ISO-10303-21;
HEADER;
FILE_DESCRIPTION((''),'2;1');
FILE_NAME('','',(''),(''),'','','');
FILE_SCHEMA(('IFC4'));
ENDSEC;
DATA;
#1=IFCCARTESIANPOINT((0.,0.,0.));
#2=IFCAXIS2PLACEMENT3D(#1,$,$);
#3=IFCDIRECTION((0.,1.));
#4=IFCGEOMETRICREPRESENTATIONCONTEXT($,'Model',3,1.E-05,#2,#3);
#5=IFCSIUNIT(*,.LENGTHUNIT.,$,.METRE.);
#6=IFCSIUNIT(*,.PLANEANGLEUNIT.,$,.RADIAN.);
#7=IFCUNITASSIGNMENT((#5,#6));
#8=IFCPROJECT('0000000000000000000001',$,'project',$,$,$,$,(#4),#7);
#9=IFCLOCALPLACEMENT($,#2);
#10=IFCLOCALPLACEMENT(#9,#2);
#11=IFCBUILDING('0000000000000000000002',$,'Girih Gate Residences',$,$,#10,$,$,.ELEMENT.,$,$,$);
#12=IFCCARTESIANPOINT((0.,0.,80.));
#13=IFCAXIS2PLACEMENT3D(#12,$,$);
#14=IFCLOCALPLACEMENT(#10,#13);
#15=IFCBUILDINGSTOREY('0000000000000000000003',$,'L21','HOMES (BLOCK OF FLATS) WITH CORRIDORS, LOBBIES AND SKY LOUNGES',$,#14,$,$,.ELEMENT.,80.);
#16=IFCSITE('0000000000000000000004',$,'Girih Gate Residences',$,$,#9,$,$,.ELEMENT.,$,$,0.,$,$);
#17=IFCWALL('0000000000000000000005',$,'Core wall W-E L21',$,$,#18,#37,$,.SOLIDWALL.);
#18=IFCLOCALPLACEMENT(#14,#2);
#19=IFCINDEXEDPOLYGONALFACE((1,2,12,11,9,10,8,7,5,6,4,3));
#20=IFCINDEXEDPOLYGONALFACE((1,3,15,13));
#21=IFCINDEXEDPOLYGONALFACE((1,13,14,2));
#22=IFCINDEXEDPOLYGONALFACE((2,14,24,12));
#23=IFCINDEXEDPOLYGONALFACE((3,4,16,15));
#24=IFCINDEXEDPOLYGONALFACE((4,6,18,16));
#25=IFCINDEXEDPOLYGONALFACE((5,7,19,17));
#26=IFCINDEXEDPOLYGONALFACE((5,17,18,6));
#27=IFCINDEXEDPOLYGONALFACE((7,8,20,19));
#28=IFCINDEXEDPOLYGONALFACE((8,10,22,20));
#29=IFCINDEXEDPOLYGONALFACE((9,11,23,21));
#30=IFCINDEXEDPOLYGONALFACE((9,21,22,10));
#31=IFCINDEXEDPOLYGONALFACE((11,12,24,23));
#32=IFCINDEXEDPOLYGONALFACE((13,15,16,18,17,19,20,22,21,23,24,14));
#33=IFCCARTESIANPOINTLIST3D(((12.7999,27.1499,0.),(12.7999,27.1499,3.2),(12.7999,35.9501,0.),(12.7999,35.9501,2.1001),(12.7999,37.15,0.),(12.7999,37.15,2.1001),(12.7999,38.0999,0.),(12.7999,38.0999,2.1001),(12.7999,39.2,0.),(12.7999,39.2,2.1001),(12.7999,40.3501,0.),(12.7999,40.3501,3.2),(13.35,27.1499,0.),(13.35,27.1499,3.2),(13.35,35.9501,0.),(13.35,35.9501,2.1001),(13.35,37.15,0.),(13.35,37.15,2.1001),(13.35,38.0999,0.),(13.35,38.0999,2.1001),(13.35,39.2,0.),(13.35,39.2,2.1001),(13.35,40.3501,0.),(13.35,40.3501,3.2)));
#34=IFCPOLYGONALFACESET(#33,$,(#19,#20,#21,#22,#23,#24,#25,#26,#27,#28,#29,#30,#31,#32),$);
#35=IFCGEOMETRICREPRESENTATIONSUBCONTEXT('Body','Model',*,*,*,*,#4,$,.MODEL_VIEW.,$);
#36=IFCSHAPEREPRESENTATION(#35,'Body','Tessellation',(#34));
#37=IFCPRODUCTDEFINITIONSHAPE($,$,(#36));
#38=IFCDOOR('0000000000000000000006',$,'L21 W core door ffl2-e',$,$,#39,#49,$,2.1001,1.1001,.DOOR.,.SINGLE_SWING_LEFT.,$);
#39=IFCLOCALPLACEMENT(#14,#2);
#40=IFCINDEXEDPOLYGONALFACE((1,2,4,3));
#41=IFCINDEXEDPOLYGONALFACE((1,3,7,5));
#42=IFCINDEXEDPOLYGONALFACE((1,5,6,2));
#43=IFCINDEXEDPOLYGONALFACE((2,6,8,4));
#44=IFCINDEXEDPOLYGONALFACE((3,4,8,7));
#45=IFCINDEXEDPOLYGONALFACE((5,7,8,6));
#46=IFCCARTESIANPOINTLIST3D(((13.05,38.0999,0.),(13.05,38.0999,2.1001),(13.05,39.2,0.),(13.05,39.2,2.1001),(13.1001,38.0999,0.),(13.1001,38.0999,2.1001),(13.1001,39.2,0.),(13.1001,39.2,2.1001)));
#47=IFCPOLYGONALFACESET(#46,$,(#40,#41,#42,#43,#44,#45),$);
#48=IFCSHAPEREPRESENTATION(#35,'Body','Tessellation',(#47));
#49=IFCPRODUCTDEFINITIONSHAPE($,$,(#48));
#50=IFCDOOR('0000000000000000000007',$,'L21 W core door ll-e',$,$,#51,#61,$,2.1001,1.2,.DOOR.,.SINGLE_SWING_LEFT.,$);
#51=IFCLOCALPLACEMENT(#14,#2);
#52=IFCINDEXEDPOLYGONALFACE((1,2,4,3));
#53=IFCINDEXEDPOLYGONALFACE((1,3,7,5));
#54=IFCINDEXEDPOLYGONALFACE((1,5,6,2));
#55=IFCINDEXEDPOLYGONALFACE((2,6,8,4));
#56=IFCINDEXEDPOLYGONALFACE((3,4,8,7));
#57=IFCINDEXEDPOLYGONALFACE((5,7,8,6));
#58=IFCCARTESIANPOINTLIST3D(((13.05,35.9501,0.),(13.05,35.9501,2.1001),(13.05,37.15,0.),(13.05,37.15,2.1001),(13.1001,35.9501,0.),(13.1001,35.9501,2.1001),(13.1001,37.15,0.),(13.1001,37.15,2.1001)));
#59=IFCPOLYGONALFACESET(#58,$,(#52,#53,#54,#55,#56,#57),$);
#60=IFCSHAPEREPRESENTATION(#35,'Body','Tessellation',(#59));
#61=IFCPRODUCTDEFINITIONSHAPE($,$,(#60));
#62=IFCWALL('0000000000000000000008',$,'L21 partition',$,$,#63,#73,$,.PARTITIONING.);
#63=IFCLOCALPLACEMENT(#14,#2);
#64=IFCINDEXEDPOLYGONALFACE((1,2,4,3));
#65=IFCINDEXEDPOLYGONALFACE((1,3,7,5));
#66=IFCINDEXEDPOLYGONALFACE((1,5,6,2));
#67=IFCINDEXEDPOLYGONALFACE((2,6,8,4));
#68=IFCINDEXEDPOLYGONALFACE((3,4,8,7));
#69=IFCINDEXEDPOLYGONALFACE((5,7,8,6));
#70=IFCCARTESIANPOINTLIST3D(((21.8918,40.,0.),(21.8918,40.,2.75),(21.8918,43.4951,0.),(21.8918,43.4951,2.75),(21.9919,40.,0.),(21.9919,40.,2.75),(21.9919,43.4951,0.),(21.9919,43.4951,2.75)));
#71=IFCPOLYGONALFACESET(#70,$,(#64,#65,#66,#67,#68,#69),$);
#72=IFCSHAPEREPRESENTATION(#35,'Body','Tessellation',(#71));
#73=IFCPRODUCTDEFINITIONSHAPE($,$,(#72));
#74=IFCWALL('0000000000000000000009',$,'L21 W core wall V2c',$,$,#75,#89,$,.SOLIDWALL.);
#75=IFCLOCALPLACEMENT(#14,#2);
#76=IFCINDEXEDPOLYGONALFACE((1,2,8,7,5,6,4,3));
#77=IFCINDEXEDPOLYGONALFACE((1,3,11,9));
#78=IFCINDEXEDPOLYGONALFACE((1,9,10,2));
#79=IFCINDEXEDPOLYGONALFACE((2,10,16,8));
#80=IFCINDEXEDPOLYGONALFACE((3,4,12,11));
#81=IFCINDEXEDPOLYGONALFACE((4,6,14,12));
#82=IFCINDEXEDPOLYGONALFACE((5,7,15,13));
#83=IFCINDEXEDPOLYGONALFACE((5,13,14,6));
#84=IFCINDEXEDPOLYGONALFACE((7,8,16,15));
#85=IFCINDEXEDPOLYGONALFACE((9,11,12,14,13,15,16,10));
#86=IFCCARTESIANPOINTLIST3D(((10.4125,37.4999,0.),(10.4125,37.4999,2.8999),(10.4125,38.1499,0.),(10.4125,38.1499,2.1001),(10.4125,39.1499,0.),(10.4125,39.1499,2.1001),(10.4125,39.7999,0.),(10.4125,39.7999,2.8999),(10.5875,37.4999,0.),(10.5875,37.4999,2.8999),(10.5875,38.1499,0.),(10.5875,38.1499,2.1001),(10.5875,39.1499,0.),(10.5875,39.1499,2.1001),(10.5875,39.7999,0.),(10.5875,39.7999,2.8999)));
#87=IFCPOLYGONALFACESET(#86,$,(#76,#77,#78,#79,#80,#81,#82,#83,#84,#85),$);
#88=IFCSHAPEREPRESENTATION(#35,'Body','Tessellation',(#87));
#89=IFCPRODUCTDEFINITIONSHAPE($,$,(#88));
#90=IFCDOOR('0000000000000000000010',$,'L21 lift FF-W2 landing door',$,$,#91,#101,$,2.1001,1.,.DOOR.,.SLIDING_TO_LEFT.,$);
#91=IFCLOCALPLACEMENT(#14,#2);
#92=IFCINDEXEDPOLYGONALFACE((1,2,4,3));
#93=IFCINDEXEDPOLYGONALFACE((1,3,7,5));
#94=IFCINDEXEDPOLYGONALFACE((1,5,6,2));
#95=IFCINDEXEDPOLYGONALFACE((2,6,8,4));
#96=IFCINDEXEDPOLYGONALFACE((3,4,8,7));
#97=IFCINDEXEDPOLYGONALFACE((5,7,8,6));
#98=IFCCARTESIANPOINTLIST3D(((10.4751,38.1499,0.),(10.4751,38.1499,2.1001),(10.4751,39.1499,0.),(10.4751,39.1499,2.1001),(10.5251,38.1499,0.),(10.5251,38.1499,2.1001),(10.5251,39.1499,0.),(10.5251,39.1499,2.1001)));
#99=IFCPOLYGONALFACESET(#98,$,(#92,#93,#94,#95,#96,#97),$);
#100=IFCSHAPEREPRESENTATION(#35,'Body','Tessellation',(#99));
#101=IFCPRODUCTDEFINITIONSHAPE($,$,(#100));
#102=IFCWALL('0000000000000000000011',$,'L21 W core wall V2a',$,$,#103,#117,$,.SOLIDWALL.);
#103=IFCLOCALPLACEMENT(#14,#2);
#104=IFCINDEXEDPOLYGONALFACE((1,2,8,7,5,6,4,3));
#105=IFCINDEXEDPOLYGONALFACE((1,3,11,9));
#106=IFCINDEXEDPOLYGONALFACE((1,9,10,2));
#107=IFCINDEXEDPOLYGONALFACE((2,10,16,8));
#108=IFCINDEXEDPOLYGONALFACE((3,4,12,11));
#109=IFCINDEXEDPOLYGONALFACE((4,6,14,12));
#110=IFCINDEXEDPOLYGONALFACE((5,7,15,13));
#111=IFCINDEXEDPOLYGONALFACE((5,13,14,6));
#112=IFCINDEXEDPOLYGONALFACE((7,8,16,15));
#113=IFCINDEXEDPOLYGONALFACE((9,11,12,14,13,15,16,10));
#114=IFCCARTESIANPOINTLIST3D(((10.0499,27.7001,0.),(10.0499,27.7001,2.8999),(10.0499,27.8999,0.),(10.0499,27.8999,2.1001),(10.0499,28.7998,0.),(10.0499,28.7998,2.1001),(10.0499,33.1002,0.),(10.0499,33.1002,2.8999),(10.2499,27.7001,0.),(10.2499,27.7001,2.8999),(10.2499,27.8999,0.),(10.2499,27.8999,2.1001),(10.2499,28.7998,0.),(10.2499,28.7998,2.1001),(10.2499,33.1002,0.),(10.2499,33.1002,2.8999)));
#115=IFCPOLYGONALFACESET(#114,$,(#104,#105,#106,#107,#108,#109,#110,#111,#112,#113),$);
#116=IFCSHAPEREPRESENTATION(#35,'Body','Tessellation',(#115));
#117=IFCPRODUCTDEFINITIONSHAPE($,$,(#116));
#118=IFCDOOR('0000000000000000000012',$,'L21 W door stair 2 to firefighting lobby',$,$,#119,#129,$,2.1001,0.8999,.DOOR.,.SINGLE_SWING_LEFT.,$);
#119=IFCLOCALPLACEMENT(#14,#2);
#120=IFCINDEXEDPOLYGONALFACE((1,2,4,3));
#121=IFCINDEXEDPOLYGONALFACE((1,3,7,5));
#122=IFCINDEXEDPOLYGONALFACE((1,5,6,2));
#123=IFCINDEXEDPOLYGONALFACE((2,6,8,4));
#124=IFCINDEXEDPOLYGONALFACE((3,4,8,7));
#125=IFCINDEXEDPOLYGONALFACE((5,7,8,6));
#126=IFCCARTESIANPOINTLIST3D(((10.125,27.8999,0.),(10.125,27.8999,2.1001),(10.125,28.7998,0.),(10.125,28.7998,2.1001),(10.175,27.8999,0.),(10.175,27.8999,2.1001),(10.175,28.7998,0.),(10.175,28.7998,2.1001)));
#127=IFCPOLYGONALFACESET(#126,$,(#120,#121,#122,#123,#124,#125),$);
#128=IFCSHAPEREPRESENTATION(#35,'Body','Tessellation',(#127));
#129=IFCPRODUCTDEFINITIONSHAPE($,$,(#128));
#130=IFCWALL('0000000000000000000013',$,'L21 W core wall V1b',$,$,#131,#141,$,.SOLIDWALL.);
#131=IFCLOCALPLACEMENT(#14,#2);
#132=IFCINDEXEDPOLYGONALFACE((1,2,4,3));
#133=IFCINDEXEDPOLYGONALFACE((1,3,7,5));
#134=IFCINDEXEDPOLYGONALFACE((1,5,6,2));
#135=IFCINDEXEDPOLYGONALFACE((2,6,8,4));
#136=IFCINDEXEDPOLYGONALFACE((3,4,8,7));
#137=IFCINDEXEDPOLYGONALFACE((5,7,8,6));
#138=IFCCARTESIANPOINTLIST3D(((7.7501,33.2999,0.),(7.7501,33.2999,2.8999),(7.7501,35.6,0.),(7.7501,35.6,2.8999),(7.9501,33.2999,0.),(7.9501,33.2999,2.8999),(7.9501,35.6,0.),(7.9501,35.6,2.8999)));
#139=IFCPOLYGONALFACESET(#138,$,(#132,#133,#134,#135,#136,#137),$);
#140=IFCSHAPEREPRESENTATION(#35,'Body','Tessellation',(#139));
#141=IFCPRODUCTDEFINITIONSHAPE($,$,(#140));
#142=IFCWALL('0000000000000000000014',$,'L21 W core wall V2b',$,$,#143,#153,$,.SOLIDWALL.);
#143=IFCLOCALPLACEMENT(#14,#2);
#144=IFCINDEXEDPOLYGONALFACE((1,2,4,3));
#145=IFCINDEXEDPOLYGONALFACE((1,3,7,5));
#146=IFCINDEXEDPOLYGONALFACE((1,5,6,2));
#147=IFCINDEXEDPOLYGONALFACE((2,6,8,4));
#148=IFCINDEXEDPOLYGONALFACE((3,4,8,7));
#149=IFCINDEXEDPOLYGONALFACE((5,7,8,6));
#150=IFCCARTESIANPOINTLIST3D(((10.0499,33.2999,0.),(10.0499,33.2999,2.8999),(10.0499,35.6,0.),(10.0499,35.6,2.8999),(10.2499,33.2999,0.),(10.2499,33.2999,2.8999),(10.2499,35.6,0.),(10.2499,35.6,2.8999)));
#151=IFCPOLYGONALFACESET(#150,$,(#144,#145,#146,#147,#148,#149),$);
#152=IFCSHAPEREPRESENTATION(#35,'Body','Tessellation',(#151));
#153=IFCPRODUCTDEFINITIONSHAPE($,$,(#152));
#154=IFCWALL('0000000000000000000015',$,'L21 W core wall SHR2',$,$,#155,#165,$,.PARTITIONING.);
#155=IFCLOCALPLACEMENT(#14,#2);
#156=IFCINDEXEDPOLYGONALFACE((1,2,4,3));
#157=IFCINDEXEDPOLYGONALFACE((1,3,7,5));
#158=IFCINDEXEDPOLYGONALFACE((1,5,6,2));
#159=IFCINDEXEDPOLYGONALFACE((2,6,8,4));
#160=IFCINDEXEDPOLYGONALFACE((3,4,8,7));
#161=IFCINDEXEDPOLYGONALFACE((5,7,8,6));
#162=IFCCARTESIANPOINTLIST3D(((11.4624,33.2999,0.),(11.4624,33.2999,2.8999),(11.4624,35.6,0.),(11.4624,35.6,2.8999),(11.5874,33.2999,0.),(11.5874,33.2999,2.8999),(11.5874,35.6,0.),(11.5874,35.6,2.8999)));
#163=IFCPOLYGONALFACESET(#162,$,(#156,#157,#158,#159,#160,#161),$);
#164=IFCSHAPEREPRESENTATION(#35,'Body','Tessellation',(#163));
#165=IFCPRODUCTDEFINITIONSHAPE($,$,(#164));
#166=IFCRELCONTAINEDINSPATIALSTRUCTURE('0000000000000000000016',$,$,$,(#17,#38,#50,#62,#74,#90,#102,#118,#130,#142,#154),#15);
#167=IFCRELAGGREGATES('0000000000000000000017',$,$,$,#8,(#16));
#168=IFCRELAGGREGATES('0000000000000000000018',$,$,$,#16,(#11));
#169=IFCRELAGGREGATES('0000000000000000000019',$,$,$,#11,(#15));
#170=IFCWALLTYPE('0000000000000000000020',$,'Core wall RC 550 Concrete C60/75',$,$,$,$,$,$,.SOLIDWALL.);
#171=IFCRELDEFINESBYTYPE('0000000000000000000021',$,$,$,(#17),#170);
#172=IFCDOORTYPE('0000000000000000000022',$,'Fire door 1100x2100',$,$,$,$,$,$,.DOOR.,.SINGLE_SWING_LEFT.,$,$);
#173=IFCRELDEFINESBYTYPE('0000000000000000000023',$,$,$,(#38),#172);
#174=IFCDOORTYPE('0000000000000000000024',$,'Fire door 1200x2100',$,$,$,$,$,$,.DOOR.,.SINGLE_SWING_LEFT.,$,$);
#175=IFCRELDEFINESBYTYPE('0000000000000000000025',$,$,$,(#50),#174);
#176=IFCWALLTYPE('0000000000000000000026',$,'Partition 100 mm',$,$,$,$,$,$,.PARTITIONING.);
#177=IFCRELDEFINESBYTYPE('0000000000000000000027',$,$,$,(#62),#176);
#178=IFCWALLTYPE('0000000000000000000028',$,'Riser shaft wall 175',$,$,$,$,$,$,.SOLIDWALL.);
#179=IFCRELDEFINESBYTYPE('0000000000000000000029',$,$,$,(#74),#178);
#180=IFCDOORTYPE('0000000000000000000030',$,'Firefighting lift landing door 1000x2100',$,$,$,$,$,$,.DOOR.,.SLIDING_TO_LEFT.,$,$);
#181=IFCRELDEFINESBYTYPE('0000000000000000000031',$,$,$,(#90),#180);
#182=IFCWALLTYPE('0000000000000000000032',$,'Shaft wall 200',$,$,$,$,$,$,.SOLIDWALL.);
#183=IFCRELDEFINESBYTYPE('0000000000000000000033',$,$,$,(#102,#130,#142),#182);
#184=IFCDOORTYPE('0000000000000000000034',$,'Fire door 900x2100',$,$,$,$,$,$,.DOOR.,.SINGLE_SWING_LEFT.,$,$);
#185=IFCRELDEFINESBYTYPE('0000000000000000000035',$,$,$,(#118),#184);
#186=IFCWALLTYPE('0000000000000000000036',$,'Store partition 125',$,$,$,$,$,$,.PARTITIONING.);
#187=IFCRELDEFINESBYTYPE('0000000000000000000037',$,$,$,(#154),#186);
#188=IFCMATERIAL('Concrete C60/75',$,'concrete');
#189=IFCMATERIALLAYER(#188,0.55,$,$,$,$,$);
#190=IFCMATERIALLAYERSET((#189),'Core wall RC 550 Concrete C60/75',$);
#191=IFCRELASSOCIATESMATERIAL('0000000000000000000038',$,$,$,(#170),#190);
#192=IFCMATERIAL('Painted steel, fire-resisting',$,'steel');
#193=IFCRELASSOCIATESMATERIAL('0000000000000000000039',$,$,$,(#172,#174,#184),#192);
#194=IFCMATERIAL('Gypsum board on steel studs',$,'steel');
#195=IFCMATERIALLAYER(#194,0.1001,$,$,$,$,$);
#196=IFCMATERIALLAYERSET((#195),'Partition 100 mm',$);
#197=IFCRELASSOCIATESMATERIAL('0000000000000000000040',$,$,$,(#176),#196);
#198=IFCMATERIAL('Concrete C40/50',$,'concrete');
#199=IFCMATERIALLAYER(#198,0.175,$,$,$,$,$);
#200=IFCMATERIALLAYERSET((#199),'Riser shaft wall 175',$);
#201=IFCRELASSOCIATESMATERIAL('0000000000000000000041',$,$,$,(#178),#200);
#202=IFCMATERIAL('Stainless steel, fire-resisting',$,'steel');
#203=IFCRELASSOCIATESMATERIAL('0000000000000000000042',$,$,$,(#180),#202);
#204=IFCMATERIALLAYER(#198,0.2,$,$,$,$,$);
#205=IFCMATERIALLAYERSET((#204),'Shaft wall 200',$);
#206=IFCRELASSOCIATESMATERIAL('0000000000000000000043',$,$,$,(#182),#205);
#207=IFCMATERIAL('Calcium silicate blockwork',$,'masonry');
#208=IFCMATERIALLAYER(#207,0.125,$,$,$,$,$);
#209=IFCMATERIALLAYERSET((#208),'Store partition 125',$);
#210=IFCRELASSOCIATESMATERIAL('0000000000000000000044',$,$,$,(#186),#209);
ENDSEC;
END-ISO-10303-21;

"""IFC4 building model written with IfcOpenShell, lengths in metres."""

from ifc_helpers import new_model, si_unit, direction, frame, frame_2d, origin, place, context, subcontext, project, spatial, rectangle, extrude, material, layer, layer_set, type_object, element, fill, save


model = new_model("IFC4")

# Units and contexts
model_context = context("Model", 3, precision=1e-05, world=origin(), true_north=direction((0.0, 1.0)))
body_context = subcontext(model_context, "Body", "Model", "MODEL_VIEW")
ifc_project = project(units=[si_unit("LENGTHUNIT", "METRE"), si_unit("PLANEANGLEUNIT", "RADIAN")], contexts=[model_context])

# Site, building, storey
site_placement = place(None, origin())
site = spatial("IfcSite", under=ifc_project, at=site_placement, Name="Girih Gate Residences", CompositionType="ELEMENT", RefElevation=0.0)
building_placement = place(site_placement, origin())
building = spatial("IfcBuilding", under=site, at=building_placement, Name="Girih Gate Residences", CompositionType="ELEMENT")
storey_placement = place(building_placement, frame((0.0, 0.0, 80.0)))
storey = spatial("IfcBuildingStorey", under=building, at=storey_placement, Name="L21", Description="HOMES (BLOCK OF FLATS) WITH CORRIDORS, LOBBIES AND SKY LOUNGES", CompositionType="ELEMENT", Elevation=80.0)

# Shared definitions
ifc_material_1 = material(Name="Concrete C60/75", Category="concrete")

# Shared definitions
ifc_material_2 = material(Name="Gypsum board on steel studs", Category="steel")

# Wall, openings, doors
ifc_layer_1 = layer(ifc_material_1, 0.55)
ifc_layer_set_1 = layer_set([ifc_layer_1], Name="Core wall RC 550 Concrete C60/75")
wall_type_1 = type_object("IfcWallType", Name="Core wall RC 550 Concrete C60/75", PredefinedType="SOLIDWALL", material=ifc_layer_set_1)
wall_1_placement = place(storey_placement, frame((13.075, 27.1499, 0.0), z_axis=(0.0, 0.0, 1.0), x_axis=(0.0, 1.0, 0.0)))
wall_1 = element("IfcWall", 1, at=wall_1_placement, inside=storey, type_object=wall_type_1, Name="Core wall W-E L21", PredefinedType="SOLIDWALL", context=body_context, shape_type="SweptSolid", body=[
    extrude(rectangle(XDim=13.2002, YDim=0.55, at=frame_2d((6.6001, 0.0))), origin(), (0.0, 0.0, 1.0), 3.2),
])
opening_1_placement = place(wall_1_placement, frame((10.95, 0.0, 0.0)))
opening_1 = element("IfcOpeningElement", 2, at=opening_1_placement, cuts=wall_1, PredefinedType="OPENING", context=body_context, shape_type="SweptSolid", body=[
    extrude(rectangle(XDim=1.1001, YDim=2.1001, at=frame_2d((0.55, 1.05))), frame((0.0, 0.2849, 0.0), z_axis=(0.0, -1.0, 0.0), x_axis=(1.0, 0.0, 0.0)), (0.0, 0.0, 1.0), 0.5701),
])
opening_2_placement = place(wall_1_placement, frame((8.8, 0.0, 0.0)))
opening_2 = element("IfcOpeningElement", 3, at=opening_2_placement, cuts=wall_1, PredefinedType="OPENING", context=body_context, shape_type="SweptSolid", body=[
    extrude(rectangle(XDim=1.2, YDim=2.1001, at=frame_2d((0.6001, 1.05))), frame((0.0, 0.2849, 0.0), z_axis=(0.0, -1.0, 0.0), x_axis=(1.0, 0.0, 0.0)), (0.0, 0.0, 1.0), 0.5701),
])
ifc_material_3 = material(Name="Painted steel, fire-resisting", Category="steel")
door_type_1 = type_object("IfcDoorType", Name="Fire door 1100x2100", OperationType="SINGLE_SWING_LEFT", PredefinedType="DOOR", material=ifc_material_3)
door_1_placement = place(opening_1_placement, origin())
door_1 = element("IfcDoor", 4, at=door_1_placement, inside=storey, type_object=door_type_1, Name="L21 W core door ffl2-e", OperationType="SINGLE_SWING_LEFT", OverallHeight=2.1001, OverallWidth=1.1001, PredefinedType="DOOR", context=body_context, shape_type="SweptSolid", body=[
    extrude(rectangle(XDim=1.1001, YDim=2.1001, at=frame_2d((0.55, 1.05))), frame((0.0, 0.0249, 0.0), z_axis=(0.0, -1.0, 0.0), x_axis=(1.0, 0.0, 0.0)), (0.0, 0.0, 1.0), 0.05),
])
fill(opening_1, door_1)
door_type_2 = type_object("IfcDoorType", Name="Fire door 1200x2100", OperationType="SINGLE_SWING_LEFT", PredefinedType="DOOR", material=ifc_material_3)
door_2_placement = place(opening_2_placement, origin())
door_2 = element("IfcDoor", 5, at=door_2_placement, inside=storey, type_object=door_type_2, Name="L21 W core door ll-e", OperationType="SINGLE_SWING_LEFT", OverallHeight=2.1001, OverallWidth=1.2, PredefinedType="DOOR", context=body_context, shape_type="SweptSolid", body=[
    extrude(rectangle(XDim=1.2, YDim=2.1001, at=frame_2d((0.6001, 1.05))), frame((0.0, 0.0249, 0.0), z_axis=(0.0, -1.0, 0.0), x_axis=(1.0, 0.0, 0.0)), (0.0, 0.0, 1.0), 0.05),
])
fill(opening_2, door_2)

# Wall
ifc_layer_2 = layer(ifc_material_2, 0.1001)
ifc_layer_set_2 = layer_set([ifc_layer_2], Name="Partition 100 mm")
wall_type_2 = type_object("IfcWallType", Name="Partition 100 mm", PredefinedType="PARTITIONING", material=ifc_layer_set_2)
wall_2_placement = place(storey_placement, frame((21.9419, 40.0, 0.0), z_axis=(0.0, 0.0, 1.0), x_axis=(0.0, 1.0, 0.0)))
element("IfcWall", 6, at=wall_2_placement, inside=storey, type_object=wall_type_2, Name="L21 partition", PredefinedType="PARTITIONING", context=body_context, shape_type="SweptSolid", body=[
    extrude(rectangle(XDim=3.4951, YDim=0.1001, at=frame_2d((1.7476, 0.0))), origin(), (0.0, 0.0, 1.0), 2.75),
])

# Walls, openings, doors
ifc_material_4 = material(Name="Concrete C40/50", Category="concrete")
ifc_layer_3 = layer(ifc_material_4, 0.175)
ifc_layer_set_3 = layer_set([ifc_layer_3], Name="Riser shaft wall 175")
wall_type_3 = type_object("IfcWallType", Name="Riser shaft wall 175", PredefinedType="SOLIDWALL", material=ifc_layer_set_3)
wall_3_placement = place(storey_placement, frame((10.5, 37.5, 0.0), z_axis=(0.0, 0.0, 1.0), x_axis=(0.0, 1.0, 0.0)))
wall_3 = element("IfcWall", 7, at=wall_3_placement, inside=storey, type_object=wall_type_3, Name="L21 W core wall V2c", PredefinedType="SOLIDWALL", context=body_context, shape_type="SweptSolid", body=[
    extrude(rectangle(XDim=2.3, YDim=0.175, at=frame_2d((1.1499, 0.0))), origin(), (0.0, 0.0, 1.0), 2.8999),
])
opening_3_placement = place(wall_3_placement, frame((0.6499, 0.0, 0.0)))
opening_3 = element("IfcOpeningElement", 8, at=opening_3_placement, cuts=wall_3, PredefinedType="OPENING", context=body_context, shape_type="SweptSolid", body=[
    extrude(rectangle(XDim=1.0, YDim=2.1001, at=frame_2d((0.5, 1.05))), frame((0.0, 0.0974, 0.0), z_axis=(0.0, -1.0, 0.0), x_axis=(1.0, 0.0, 0.0)), (0.0, 0.0, 1.0), 0.1951),
])
ifc_material_5 = material(Name="Stainless steel, fire-resisting", Category="steel")
door_type_3 = type_object("IfcDoorType", Name="Firefighting lift landing door 1000x2100", OperationType="SLIDING_TO_LEFT", PredefinedType="DOOR", material=ifc_material_5)
door_3_placement = place(opening_3_placement, origin())
door_3 = element("IfcDoor", 9, at=door_3_placement, inside=storey, type_object=door_type_3, Name="L21 lift FF-W2 landing door", OperationType="SLIDING_TO_LEFT", OverallHeight=2.1001, OverallWidth=1.0, PredefinedType="DOOR", context=body_context, shape_type="SweptSolid", body=[
    extrude(rectangle(XDim=1.0, YDim=2.1001, at=frame_2d((0.5, 1.05))), frame((0.0, 0.0249, 0.0), z_axis=(0.0, -1.0, 0.0), x_axis=(1.0, 0.0, 0.0)), (0.0, 0.0, 1.0), 0.05),
])
fill(opening_3, door_3)
ifc_layer_4 = layer(ifc_material_4, 0.2)
ifc_layer_set_4 = layer_set([ifc_layer_4], Name="Shaft wall 200")
wall_type_4 = type_object("IfcWallType", Name="Shaft wall 200", PredefinedType="SOLIDWALL", material=ifc_layer_set_4)
wall_4_placement = place(storey_placement, frame((10.1499, 27.7, 0.0), z_axis=(0.0, 0.0, 1.0), x_axis=(0.0, 1.0, 0.0)))
wall_4 = element("IfcWall", 10, at=wall_4_placement, inside=storey, type_object=wall_type_4, Name="L21 W core wall V2a", PredefinedType="SOLIDWALL", context=body_context, shape_type="SweptSolid", body=[
    extrude(rectangle(XDim=5.4001, YDim=0.2, at=frame_2d((2.7002, 0.0))), origin(), (0.0, 0.0, 1.0), 2.8999),
])
opening_4_placement = place(wall_4_placement, frame((0.2, 0.0, 0.0)))
opening_4 = element("IfcOpeningElement", 11, at=opening_4_placement, cuts=wall_4, PredefinedType="OPENING", context=body_context, shape_type="SweptSolid", body=[
    extrude(rectangle(XDim=0.8999, YDim=2.1001, at=frame_2d((0.45, 1.05))), frame((0.0, 0.1099, 0.0), z_axis=(0.0, -1.0, 0.0), x_axis=(1.0, 0.0, 0.0)), (0.0, 0.0, 1.0), 0.22),
])
door_type_4 = type_object("IfcDoorType", Name="Fire door 900x2100", OperationType="SINGLE_SWING_LEFT", PredefinedType="DOOR", material=ifc_material_3)
door_4_placement = place(opening_4_placement, origin())
door_4 = element("IfcDoor", 12, at=door_4_placement, inside=storey, type_object=door_type_4, Name="L21 W door stair 2 to firefighting lobby", OperationType="SINGLE_SWING_LEFT", OverallHeight=2.1001, OverallWidth=0.8999, PredefinedType="DOOR", context=body_context, shape_type="SweptSolid", body=[
    extrude(rectangle(XDim=0.8999, YDim=2.1001, at=frame_2d((0.45, 1.05))), frame((0.0, 0.0249, 0.0), z_axis=(0.0, -1.0, 0.0), x_axis=(1.0, 0.0, 0.0)), (0.0, 0.0, 1.0), 0.05),
])
fill(opening_4, door_4)

# Walls
for number, where, z_axis, x_axis, name in (
    (13, (7.8501, 33.3, 0.0), (0.0, 0.0, 1.0), (0.0, 1.0, 0.0), "L21 W core wall V1b"),
    (14, (10.1499, 33.3, 0.0), (0.0, 0.0, 1.0), (0.0, 1.0, 0.0), "L21 W core wall V2b"),
):
    element("IfcWall", number, at=place(storey_placement, frame(where, z_axis=z_axis, x_axis=x_axis)), inside=storey, type_object=wall_type_4, Name=name, PredefinedType="SOLIDWALL", context=body_context, shape_type="SweptSolid", body=[
        extrude(rectangle(XDim=2.3, YDim=0.2, at=frame_2d((1.1499, 0.0))), origin(), (0.0, 0.0, 1.0), 2.8999),
    ])
ifc_material_6 = material(Name="Calcium silicate blockwork", Category="masonry")
ifc_layer_5 = layer(ifc_material_6, 0.125)
ifc_layer_set_5 = layer_set([ifc_layer_5], Name="Store partition 125")
wall_type_5 = type_object("IfcWallType", Name="Store partition 125", PredefinedType="PARTITIONING", material=ifc_layer_set_5)
wall_5_placement = place(storey_placement, frame((11.5249, 33.3, 0.0), z_axis=(0.0, 0.0, 1.0), x_axis=(0.0, 1.0, 0.0)))
element("IfcWall", 15, at=wall_5_placement, inside=storey, type_object=wall_type_5, Name="L21 W core wall SHR2", PredefinedType="PARTITIONING", context=body_context, shape_type="SweptSolid", body=[
    extrude(rectangle(XDim=2.3, YDim=0.125, at=frame_2d((1.1499, 0.0))), origin(), (0.0, 0.0, 1.0), 2.8999),
])

save(model, "model.ifc")
